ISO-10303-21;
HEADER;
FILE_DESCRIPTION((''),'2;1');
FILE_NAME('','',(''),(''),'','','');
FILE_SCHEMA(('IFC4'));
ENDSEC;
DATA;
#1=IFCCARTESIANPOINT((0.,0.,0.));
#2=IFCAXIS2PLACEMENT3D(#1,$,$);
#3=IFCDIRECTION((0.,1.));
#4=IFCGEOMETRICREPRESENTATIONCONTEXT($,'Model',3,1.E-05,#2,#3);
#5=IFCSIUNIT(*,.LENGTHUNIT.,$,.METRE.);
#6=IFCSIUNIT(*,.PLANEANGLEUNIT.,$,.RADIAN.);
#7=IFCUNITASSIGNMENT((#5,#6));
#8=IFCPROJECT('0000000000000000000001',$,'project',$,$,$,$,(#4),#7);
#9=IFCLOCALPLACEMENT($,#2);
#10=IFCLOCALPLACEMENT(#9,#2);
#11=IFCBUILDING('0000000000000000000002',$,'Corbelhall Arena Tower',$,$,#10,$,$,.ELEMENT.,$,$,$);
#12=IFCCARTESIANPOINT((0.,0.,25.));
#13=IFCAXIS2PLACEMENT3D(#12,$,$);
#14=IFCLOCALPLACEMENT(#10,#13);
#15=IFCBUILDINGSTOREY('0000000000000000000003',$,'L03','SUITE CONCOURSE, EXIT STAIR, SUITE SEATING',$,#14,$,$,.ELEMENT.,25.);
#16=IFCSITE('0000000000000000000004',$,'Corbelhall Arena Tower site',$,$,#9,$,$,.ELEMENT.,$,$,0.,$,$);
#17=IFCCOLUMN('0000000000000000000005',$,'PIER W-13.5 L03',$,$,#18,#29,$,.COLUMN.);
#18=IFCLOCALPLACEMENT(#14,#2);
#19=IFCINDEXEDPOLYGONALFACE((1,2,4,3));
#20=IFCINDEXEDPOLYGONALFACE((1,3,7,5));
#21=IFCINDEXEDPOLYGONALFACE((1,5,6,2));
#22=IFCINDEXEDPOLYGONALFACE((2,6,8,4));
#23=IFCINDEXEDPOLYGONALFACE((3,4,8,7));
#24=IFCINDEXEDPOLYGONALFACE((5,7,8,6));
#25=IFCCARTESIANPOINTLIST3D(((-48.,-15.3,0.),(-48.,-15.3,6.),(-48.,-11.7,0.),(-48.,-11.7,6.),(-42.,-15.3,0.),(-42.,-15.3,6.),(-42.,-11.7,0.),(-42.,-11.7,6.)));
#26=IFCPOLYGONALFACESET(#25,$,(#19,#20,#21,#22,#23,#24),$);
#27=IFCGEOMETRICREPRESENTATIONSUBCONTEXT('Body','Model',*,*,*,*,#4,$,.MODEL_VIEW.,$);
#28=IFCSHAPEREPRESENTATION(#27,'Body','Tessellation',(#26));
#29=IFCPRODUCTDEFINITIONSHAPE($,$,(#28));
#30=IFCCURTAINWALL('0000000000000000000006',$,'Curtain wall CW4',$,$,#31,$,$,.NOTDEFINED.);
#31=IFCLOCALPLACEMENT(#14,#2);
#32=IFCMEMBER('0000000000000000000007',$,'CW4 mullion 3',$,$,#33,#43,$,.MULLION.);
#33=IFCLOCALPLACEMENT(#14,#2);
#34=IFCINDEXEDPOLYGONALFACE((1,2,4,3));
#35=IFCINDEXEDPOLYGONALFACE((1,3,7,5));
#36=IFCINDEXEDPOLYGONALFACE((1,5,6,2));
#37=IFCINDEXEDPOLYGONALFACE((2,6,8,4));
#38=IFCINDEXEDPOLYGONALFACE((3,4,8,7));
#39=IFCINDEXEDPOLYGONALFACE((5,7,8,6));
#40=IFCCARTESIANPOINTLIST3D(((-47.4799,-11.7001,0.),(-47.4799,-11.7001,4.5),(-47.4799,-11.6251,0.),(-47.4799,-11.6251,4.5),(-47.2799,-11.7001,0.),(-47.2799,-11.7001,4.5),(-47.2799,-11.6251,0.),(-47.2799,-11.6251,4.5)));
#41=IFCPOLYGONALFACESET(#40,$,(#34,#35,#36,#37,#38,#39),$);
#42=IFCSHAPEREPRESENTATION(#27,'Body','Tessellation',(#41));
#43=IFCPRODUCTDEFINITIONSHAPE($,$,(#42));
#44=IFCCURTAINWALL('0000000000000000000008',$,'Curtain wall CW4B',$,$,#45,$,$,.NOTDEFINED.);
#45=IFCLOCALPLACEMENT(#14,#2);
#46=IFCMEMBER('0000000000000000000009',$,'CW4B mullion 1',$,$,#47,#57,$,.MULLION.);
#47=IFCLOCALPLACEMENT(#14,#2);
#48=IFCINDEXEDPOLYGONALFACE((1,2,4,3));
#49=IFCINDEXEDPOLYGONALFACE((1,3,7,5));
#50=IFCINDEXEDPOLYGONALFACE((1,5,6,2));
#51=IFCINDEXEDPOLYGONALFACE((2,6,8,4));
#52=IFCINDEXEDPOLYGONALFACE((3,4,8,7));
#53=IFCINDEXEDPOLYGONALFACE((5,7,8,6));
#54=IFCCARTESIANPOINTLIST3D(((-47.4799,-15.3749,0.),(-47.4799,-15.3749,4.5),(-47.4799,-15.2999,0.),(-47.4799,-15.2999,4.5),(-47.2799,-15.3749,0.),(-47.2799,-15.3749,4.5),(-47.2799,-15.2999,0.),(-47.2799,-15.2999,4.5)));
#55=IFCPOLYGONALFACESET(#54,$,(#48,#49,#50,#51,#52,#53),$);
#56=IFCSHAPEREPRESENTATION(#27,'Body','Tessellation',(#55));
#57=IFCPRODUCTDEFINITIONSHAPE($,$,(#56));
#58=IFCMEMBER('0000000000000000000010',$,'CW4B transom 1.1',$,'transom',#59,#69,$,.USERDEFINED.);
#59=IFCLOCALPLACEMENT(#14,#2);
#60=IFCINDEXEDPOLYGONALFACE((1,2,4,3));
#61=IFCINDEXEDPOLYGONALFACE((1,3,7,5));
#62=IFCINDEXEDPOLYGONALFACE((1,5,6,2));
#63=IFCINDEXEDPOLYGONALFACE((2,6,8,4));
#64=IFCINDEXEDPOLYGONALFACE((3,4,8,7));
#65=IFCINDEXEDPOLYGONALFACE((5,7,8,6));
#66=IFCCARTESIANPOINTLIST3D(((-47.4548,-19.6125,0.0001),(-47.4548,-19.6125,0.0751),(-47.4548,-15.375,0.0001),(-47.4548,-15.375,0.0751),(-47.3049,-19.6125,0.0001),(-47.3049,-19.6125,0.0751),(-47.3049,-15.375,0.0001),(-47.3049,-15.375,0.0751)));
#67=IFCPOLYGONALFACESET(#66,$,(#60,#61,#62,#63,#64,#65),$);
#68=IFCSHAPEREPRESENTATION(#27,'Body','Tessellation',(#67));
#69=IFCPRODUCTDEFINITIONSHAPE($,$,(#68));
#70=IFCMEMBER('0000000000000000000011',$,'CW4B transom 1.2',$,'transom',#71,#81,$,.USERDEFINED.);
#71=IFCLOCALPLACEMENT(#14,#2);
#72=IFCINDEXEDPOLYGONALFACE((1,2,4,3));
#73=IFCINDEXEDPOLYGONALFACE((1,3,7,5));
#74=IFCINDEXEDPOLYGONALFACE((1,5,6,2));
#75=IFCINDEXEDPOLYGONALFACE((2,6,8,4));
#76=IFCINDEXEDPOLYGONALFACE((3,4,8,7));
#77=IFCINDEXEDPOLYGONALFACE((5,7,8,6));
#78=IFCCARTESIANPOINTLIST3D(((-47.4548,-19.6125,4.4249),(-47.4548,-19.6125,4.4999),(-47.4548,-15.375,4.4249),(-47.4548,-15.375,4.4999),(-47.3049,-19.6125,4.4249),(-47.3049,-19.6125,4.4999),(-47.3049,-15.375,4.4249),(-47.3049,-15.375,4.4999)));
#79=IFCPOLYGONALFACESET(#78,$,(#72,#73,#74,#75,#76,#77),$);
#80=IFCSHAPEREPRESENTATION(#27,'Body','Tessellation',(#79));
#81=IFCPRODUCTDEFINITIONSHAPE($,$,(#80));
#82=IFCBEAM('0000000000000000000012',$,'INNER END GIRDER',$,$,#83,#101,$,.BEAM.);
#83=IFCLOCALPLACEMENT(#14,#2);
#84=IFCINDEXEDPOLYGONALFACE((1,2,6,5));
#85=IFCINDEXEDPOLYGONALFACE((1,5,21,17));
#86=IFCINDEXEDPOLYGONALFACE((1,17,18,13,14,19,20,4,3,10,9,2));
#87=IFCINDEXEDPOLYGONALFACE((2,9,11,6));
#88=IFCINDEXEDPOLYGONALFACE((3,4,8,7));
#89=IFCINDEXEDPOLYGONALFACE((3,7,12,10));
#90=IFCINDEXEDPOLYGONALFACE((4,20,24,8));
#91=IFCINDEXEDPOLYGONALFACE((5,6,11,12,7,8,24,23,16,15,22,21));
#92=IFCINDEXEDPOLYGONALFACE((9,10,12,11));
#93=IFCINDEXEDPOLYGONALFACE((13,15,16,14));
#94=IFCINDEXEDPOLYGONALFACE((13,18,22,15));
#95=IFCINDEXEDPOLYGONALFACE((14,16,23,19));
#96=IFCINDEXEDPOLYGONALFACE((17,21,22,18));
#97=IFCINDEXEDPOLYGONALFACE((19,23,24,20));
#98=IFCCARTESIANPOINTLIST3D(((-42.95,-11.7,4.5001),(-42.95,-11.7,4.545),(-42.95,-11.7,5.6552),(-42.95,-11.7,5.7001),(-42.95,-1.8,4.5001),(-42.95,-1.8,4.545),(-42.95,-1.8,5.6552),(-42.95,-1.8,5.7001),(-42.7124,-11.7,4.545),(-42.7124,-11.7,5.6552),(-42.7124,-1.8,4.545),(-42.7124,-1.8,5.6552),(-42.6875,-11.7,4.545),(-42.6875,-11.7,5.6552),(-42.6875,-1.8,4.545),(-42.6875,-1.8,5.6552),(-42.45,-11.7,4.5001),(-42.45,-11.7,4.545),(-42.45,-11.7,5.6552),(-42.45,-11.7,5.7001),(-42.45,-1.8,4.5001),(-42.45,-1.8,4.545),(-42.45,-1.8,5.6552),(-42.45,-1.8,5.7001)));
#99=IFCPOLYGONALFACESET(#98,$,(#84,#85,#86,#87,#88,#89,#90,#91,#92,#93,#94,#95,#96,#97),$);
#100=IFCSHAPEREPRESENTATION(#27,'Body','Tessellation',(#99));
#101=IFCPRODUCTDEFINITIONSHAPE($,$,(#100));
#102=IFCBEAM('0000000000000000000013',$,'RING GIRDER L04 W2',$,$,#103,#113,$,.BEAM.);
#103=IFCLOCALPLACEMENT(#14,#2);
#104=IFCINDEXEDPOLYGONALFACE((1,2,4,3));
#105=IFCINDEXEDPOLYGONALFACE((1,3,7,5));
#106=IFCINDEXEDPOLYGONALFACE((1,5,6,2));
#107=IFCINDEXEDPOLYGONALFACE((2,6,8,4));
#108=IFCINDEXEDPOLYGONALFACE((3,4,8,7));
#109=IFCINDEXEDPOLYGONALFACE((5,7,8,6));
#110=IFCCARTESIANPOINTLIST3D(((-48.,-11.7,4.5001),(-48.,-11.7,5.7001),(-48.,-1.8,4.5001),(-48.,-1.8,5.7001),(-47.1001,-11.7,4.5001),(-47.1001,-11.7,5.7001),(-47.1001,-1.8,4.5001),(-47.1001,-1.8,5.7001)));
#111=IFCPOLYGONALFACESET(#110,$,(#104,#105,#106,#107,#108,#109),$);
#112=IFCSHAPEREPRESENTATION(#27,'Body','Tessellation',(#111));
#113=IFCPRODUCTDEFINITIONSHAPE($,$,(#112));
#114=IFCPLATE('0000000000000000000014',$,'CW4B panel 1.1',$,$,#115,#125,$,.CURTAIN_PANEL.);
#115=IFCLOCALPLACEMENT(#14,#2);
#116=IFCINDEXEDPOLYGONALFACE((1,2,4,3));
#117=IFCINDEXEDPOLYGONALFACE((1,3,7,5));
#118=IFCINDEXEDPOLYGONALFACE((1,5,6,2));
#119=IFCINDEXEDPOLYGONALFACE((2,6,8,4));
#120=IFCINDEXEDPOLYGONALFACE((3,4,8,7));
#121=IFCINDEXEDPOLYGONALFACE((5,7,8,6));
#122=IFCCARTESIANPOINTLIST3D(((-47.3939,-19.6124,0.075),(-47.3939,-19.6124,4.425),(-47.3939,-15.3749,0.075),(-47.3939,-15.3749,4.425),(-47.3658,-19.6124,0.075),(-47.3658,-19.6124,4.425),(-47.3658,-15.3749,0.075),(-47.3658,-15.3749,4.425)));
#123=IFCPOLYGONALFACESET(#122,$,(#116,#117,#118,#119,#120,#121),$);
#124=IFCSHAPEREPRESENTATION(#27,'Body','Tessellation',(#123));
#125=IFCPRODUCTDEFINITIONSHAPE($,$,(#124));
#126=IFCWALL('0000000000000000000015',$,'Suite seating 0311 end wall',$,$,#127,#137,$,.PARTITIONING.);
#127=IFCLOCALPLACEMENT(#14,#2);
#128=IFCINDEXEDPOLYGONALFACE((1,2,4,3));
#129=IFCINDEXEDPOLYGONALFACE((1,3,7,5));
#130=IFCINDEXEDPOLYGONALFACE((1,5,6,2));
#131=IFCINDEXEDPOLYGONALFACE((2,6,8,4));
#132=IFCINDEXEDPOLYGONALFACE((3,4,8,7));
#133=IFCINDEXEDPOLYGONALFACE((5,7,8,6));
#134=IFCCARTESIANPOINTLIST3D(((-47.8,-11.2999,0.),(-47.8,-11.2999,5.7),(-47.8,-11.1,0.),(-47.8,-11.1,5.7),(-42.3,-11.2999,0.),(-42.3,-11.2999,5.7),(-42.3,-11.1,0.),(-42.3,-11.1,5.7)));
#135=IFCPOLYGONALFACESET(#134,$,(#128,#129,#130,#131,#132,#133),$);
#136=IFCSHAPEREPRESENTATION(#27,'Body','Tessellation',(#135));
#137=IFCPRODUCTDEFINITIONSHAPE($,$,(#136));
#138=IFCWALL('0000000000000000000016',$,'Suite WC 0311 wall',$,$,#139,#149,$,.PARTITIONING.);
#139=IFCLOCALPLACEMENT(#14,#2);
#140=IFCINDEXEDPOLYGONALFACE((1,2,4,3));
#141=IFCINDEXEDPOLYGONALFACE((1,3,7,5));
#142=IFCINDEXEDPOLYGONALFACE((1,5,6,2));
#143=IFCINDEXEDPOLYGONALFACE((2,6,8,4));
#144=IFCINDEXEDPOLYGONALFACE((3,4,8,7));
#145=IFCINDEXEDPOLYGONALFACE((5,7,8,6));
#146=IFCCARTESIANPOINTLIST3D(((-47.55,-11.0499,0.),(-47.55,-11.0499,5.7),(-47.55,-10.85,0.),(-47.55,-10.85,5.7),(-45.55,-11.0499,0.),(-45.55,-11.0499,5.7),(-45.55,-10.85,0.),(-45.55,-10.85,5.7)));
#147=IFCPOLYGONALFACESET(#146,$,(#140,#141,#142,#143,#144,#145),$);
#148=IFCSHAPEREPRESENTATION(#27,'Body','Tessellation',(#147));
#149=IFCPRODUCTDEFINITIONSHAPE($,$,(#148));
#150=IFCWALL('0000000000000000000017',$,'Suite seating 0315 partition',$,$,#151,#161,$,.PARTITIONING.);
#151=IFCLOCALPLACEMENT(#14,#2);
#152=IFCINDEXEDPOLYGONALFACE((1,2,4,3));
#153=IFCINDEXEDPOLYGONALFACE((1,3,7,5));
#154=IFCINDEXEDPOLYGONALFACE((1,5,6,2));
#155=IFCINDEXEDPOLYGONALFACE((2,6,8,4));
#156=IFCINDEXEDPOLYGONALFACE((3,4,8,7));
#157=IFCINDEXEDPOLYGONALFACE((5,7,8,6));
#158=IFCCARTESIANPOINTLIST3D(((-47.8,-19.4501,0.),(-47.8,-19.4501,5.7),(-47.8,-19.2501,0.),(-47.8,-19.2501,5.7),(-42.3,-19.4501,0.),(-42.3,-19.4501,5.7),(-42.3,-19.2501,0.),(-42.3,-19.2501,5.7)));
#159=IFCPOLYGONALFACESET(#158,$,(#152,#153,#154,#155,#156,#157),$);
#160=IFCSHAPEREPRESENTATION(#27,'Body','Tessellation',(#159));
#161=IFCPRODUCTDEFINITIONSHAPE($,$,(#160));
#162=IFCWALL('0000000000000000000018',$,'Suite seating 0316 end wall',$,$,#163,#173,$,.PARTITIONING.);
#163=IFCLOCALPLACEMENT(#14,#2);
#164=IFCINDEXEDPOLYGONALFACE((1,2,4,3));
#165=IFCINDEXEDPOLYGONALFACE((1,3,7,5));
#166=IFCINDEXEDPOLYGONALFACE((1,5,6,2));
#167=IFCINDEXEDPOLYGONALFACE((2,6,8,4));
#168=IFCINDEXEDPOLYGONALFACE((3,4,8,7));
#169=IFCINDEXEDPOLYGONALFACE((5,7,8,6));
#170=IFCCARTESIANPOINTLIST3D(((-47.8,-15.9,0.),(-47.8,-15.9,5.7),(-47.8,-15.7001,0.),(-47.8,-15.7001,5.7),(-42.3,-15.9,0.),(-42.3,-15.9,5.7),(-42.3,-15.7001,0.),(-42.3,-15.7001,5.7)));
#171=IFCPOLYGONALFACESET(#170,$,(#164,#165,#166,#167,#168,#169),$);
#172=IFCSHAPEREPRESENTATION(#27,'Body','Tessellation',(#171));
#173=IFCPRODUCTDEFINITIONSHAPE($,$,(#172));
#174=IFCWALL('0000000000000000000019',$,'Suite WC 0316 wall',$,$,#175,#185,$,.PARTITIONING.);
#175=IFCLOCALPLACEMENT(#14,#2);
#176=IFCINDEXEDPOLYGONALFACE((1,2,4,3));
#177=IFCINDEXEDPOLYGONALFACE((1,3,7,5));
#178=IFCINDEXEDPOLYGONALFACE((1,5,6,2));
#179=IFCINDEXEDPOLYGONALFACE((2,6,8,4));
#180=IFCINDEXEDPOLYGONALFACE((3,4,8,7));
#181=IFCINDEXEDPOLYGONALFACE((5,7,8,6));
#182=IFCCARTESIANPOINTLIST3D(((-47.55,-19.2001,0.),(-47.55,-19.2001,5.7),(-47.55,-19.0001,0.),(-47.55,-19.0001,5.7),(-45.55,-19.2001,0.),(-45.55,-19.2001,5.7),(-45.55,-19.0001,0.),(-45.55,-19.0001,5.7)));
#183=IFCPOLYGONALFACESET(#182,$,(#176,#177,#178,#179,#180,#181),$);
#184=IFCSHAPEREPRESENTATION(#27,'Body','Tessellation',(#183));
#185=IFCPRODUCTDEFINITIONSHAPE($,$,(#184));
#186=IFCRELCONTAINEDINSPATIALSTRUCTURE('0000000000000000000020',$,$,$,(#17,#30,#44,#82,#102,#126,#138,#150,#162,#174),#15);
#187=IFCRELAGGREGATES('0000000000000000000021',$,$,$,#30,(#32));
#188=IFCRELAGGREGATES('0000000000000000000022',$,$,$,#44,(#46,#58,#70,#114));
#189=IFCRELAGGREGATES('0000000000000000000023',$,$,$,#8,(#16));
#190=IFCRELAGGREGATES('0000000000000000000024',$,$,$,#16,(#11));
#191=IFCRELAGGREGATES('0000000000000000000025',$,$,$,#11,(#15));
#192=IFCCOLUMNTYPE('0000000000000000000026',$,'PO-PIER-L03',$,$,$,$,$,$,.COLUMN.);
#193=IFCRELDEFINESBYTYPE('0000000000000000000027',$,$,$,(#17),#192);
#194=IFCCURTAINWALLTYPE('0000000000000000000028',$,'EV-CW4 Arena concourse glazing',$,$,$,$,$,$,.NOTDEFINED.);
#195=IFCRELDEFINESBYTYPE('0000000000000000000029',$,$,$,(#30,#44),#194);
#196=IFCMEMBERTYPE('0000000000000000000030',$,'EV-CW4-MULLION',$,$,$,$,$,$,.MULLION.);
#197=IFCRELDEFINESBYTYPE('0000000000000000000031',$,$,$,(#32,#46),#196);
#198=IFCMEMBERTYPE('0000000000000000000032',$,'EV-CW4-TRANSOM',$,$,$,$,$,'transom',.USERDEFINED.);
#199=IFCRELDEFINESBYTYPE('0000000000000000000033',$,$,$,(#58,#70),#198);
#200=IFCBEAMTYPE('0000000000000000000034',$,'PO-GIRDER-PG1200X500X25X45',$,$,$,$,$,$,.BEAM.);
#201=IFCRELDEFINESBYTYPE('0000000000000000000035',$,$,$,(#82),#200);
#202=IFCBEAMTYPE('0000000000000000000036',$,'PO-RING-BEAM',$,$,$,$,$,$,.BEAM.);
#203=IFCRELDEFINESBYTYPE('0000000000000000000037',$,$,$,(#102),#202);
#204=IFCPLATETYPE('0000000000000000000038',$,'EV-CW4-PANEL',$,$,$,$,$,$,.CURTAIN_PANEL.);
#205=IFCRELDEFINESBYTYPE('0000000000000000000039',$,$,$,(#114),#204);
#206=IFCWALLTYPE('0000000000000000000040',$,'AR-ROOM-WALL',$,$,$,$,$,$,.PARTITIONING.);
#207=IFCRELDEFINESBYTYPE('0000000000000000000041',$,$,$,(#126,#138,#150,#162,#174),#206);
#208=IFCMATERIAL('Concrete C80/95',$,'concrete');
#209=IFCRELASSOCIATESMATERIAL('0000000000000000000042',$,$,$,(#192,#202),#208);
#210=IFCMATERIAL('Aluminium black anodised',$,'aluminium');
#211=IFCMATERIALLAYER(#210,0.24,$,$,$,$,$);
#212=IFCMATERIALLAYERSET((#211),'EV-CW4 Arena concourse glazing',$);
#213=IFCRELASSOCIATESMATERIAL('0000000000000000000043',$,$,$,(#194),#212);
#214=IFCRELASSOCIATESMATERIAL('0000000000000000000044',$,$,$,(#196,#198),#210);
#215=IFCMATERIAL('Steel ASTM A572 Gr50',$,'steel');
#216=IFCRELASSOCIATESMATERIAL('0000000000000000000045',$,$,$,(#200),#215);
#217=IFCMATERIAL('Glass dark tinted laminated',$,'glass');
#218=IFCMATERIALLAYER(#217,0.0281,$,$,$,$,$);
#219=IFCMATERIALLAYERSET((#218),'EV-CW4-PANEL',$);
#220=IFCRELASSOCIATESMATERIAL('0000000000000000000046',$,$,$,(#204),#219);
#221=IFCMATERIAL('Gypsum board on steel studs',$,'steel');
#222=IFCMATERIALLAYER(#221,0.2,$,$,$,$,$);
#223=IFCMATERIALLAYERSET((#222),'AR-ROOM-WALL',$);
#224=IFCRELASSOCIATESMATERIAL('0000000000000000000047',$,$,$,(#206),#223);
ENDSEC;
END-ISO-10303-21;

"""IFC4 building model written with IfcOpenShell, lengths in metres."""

from ifc_helpers import new_model, si_unit, direction, frame, frame_2d, origin, origin_2d, place, context, subcontext, project, spatial, rectangle, i_section, extrude, material, layer, layer_set, material_profile, profile_set, type_object, element, aggregate, save


model = new_model("IFC4")

# Units and contexts
model_context = context("Model", 3, precision=1e-05, world=origin(), true_north=direction((0.0, 1.0)))
body_context = subcontext(model_context, "Body", "Model", "MODEL_VIEW")
ifc_project = project(units=[si_unit("LENGTHUNIT", "METRE"), si_unit("PLANEANGLEUNIT", "RADIAN")], contexts=[model_context])

# Site, building, storey
site_placement = place(None, origin())
site = spatial("IfcSite", under=ifc_project, at=site_placement, Name="Corbelhall Arena Tower site", CompositionType="ELEMENT", RefElevation=0.0)
building_placement = place(site_placement, origin())
building = spatial("IfcBuilding", under=site, at=building_placement, Name="Corbelhall Arena Tower", CompositionType="ELEMENT")
storey_placement = place(building_placement, frame((0.0, 0.0, 25.0)))
storey = spatial("IfcBuildingStorey", under=building, at=storey_placement, Name="L03", Description="SUITE CONCOURSE, EXIT STAIR, SUITE SEATING", CompositionType="ELEMENT", Elevation=25.0)

# Column
ifc_material_1 = material(Name="Concrete C80/95", Category="concrete")
ifc_material_profile_1 = material_profile(ifc_material_1, rectangle(XDim=3.6001, YDim=6.0, at=origin_2d()))
ifc_profile_set_1 = profile_set([ifc_material_profile_1], Name="Concrete C80/95")
column_type = type_object("IfcColumnType", Name="PO-PIER-L03", PredefinedType="COLUMN", material=ifc_profile_set_1)
column_placement = place(storey_placement, frame((-45.0, -13.5, 0.0), z_axis=(0.0, 0.0, 1.0), x_axis=(0.0, 1.0, 0.0)))
element("IfcColumn", 1, at=column_placement, inside=storey, type_object=column_type, Name="PIER W-13.5 L03", PredefinedType="COLUMN", context=body_context, shape_type="SweptSolid", body=[
    extrude(rectangle(XDim=3.6001, YDim=6.0, at=origin_2d()), origin(), (0.0, 0.0, 1.0), 6.0),
])

# Curtain wall, member
ifc_material_2 = material(Name="Aluminium black anodised", Category="aluminium")
ifc_layer_1 = layer(ifc_material_2, 0.24)
ifc_layer_set_1 = layer_set([ifc_layer_1], Name="EV-CW4 Arena concourse glazing")
curtain_wall_type = type_object("IfcCurtainWallType", Name="EV-CW4 Arena concourse glazing", PredefinedType="NOTDEFINED", material=ifc_layer_set_1)
curtain_wall_1_placement = place(storey_placement, origin())
curtain_wall_1 = element("IfcCurtainWall", 2, at=curtain_wall_1_placement, inside=storey, type_object=curtain_wall_type, Name="Curtain wall CW4", PredefinedType="NOTDEFINED")
ifc_material_profile_2 = material_profile(ifc_material_2, rectangle(XDim=0.2, YDim=0.075, at=origin_2d()))
ifc_profile_set_2 = profile_set([ifc_material_profile_2], Name="Aluminium black anodised")
member_type_1 = type_object("IfcMemberType", Name="EV-CW4-MULLION", PredefinedType="MULLION", material=ifc_profile_set_2)
member_1_placement = place(storey_placement, frame((-47.3799, -11.6626, 0.0), z_axis=(0.0, 0.0, 1.0), x_axis=(1.0, 0.0, 0.0)))
member_1 = element("IfcMember", 3, at=member_1_placement, type_object=member_type_1, Name="CW4 mullion 3", PredefinedType="MULLION", context=body_context, shape_type="SweptSolid", body=[
    extrude(rectangle(XDim=0.2, YDim=0.075, at=origin_2d()), origin(), (0.0, 0.0, 1.0), 4.5),
])
aggregate(curtain_wall_1, [member_1])

# Curtain wall, members
curtain_wall_2_placement = place(storey_placement, origin())
curtain_wall_2 = element("IfcCurtainWall", 4, at=curtain_wall_2_placement, inside=storey, type_object=curtain_wall_type, Name="Curtain wall CW4B", PredefinedType="NOTDEFINED")
member_2_placement = place(storey_placement, frame((-47.3799, -15.3374, 0.0), z_axis=(0.0, 0.0, 1.0), x_axis=(1.0, 0.0, 0.0)))
member_2 = element("IfcMember", 5, at=member_2_placement, type_object=member_type_1, Name="CW4B mullion 1", PredefinedType="MULLION", context=body_context, shape_type="SweptSolid", body=[
    extrude(rectangle(XDim=0.2, YDim=0.075, at=origin_2d()), origin(), (0.0, 0.0, 1.0), 4.5),
])
ifc_material_profile_3 = material_profile(ifc_material_2, rectangle(XDim=0.1499, YDim=0.075, at=origin_2d()))
ifc_profile_set_3 = profile_set([ifc_material_profile_3], Name="Aluminium black anodised")
member_type_2 = type_object("IfcMemberType", Name="EV-CW4-TRANSOM", ElementType="transom", PredefinedType="USERDEFINED", material=ifc_profile_set_3)
member_3_placement = place(storey_placement, frame((-47.3799, -15.375, 0.0376), z_axis=(0.0, -1.0, 0.0), x_axis=(1.0, 0.0, 0.0)))
member_3 = element("IfcMember", 6, at=member_3_placement, type_object=member_type_2, Name="CW4B transom 1.1", ObjectType="transom", PredefinedType="USERDEFINED", context=body_context, shape_type="SweptSolid", body=[
    extrude(rectangle(XDim=0.1499, YDim=0.075, at=origin_2d()), origin(), (0.0, 0.0, 1.0), 4.2375),
])
member_4_placement = place(storey_placement, frame((-47.3799, -15.375, 4.4624), z_axis=(0.0, -1.0, 0.0), x_axis=(1.0, 0.0, 0.0)))
member_4 = element("IfcMember", 7, at=member_4_placement, type_object=member_type_2, Name="CW4B transom 1.2", ObjectType="transom", PredefinedType="USERDEFINED", context=body_context, shape_type="SweptSolid", body=[
    extrude(rectangle(XDim=0.1499, YDim=0.075, at=origin_2d()), origin(), (0.0, 0.0, 1.0), 4.2375),
])

# Beams
ifc_material_3 = material(Name="Steel ASTM A572 Gr50", Category="steel")
ifc_material_profile_4 = material_profile(ifc_material_3, i_section(OverallWidth=0.5, OverallDepth=1.2, WebThickness=0.0249, FlangeThickness=0.0449, at=origin_2d()))
ifc_profile_set_4 = profile_set([ifc_material_profile_4], Name="Steel ASTM A572 Gr50")
beam_type_1 = type_object("IfcBeamType", Name="PO-GIRDER-PG1200X500X25X45", PredefinedType="BEAM", material=ifc_profile_set_4)
beam_1_placement = place(storey_placement, frame((-42.7, -11.7, 5.1001), z_axis=(0.0, 1.0, 0.0), x_axis=(-1.0, 0.0, 0.0)))
element("IfcBeam", 8, at=beam_1_placement, inside=storey, type_object=beam_type_1, Name="INNER END GIRDER", PredefinedType="BEAM", context=body_context, shape_type="SweptSolid", body=[
    extrude(i_section(OverallWidth=0.5, OverallDepth=1.2, WebThickness=0.0249, FlangeThickness=0.0449, at=origin_2d()), origin(), (0.0, 0.0, 1.0), 9.8999),
])
ifc_material_profile_5 = material_profile(ifc_material_1, rectangle(XDim=0.8999, YDim=1.2, at=origin_2d()))
ifc_profile_set_5 = profile_set([ifc_material_profile_5], Name="Concrete C80/95")
beam_type_2 = type_object("IfcBeamType", Name="PO-RING-BEAM", PredefinedType="BEAM", material=ifc_profile_set_5)
beam_2_placement = place(storey_placement, frame((-47.55, -11.7, 5.1001), z_axis=(0.0, 1.0, 0.0), x_axis=(-1.0, 0.0, 0.0)))
element("IfcBeam", 9, at=beam_2_placement, inside=storey, type_object=beam_type_2, Name="RING GIRDER L04 W2", PredefinedType="BEAM", context=body_context, shape_type="SweptSolid", body=[
    extrude(rectangle(XDim=0.8999, YDim=1.2, at=origin_2d()), origin(), (0.0, 0.0, 1.0), 9.8999),
])

# Plate
ifc_material_4 = material(Name="Glass dark tinted laminated", Category="glass")
ifc_layer_2 = layer(ifc_material_4, 0.0281)
ifc_layer_set_2 = layer_set([ifc_layer_2], Name="EV-CW4-PANEL")
plate_type = type_object("IfcPlateType", Name="EV-CW4-PANEL", PredefinedType="CURTAIN_PANEL", material=ifc_layer_set_2)
plate_placement = place(storey_placement, frame((-47.3799, -17.4937, 0.075), z_axis=(0.0, 0.0, 1.0), x_axis=(0.0, -1.0, 0.0)))
plate = element("IfcPlate", 10, at=plate_placement, type_object=plate_type, Name="CW4B panel 1.1", PredefinedType="CURTAIN_PANEL", context=body_context, shape_type="SweptSolid", body=[
    extrude(rectangle(XDim=4.2375, YDim=0.0281, at=origin_2d()), origin(), (0.0, 0.0, 1.0), 4.3501),
])
aggregate(curtain_wall_2, [member_2, member_3, member_4, plate])

# Shared definitions
ifc_material_5 = material(Name="Gypsum board on steel studs", Category="steel")
ifc_layer_3 = layer(ifc_material_5, 0.2)
ifc_layer_set_3 = layer_set([ifc_layer_3], Name="AR-ROOM-WALL")
wall_type_1 = type_object("IfcWallType", Name="AR-ROOM-WALL", PredefinedType="PARTITIONING", material=ifc_layer_set_3)

# Walls
wall_1_placement = place(storey_placement, frame((-42.3, -11.2, 0.0), z_axis=(0.0, 0.0, 1.0), x_axis=(-1.0, 0.0, 0.0)))
element("IfcWall", 11, at=wall_1_placement, inside=storey, type_object=wall_type_1, Name="Suite seating 0311 end wall", PredefinedType="PARTITIONING", context=body_context, shape_type="SweptSolid", body=[
    extrude(rectangle(XDim=5.5, YDim=0.2, at=frame_2d((2.75, 0.0))), origin(), (0.0, 0.0, 1.0), 5.7),
])
wall_2_placement = place(storey_placement, frame((-47.55, -10.95, 0.0), z_axis=(0.0, 0.0, 1.0), x_axis=(1.0, 0.0, 0.0)))
element("IfcWall", 12, at=wall_2_placement, inside=storey, type_object=wall_type_1, Name="Suite WC 0311 wall", PredefinedType="PARTITIONING", context=body_context, shape_type="SweptSolid", body=[
    extrude(rectangle(XDim=2.0, YDim=0.2, at=frame_2d((1.0, 0.0))), origin(), (0.0, 0.0, 1.0), 5.7),
])
wall_3_placement = place(storey_placement, frame((-47.8, -19.3501, 0.0), z_axis=(0.0, 0.0, 1.0), x_axis=(1.0, 0.0, 0.0)))
element("IfcWall", 13, at=wall_3_placement, inside=storey, type_object=wall_type_1, Name="Suite seating 0315 partition", PredefinedType="PARTITIONING", context=body_context, shape_type="SweptSolid", body=[
    extrude(rectangle(XDim=5.5, YDim=0.2, at=frame_2d((2.75, 0.0))), origin(), (0.0, 0.0, 1.0), 5.7),
])

# Walls
wall_4_placement = place(storey_placement, frame((-42.3, -15.8, 0.0), z_axis=(0.0, 0.0, 1.0), x_axis=(-1.0, 0.0, 0.0)))
element("IfcWall", 14, at=wall_4_placement, inside=storey, type_object=wall_type_1, Name="Suite seating 0316 end wall", PredefinedType="PARTITIONING", context=body_context, shape_type="SweptSolid", body=[
    extrude(rectangle(XDim=5.5, YDim=0.2, at=frame_2d((2.75, 0.0))), origin(), (0.0, 0.0, 1.0), 5.7),
])
for number, where, z_axis, x_axis, name in (
    (15, (-47.55, -19.1001, 0.0), (0.0, 0.0, 1.0), (1.0, 0.0, 0.0), "Suite WC 0316 wall"),
):
    element("IfcWall", number, at=place(storey_placement, frame(where, z_axis=z_axis, x_axis=x_axis)), inside=storey, type_object=wall_type_1, Name=name, PredefinedType="PARTITIONING", context=body_context, shape_type="SweptSolid", body=[
        extrude(rectangle(XDim=2.0, YDim=0.2, at=frame_2d((1.0, 0.0))), origin(), (0.0, 0.0, 1.0), 5.7),
    ])

save(model, "model.ifc")
